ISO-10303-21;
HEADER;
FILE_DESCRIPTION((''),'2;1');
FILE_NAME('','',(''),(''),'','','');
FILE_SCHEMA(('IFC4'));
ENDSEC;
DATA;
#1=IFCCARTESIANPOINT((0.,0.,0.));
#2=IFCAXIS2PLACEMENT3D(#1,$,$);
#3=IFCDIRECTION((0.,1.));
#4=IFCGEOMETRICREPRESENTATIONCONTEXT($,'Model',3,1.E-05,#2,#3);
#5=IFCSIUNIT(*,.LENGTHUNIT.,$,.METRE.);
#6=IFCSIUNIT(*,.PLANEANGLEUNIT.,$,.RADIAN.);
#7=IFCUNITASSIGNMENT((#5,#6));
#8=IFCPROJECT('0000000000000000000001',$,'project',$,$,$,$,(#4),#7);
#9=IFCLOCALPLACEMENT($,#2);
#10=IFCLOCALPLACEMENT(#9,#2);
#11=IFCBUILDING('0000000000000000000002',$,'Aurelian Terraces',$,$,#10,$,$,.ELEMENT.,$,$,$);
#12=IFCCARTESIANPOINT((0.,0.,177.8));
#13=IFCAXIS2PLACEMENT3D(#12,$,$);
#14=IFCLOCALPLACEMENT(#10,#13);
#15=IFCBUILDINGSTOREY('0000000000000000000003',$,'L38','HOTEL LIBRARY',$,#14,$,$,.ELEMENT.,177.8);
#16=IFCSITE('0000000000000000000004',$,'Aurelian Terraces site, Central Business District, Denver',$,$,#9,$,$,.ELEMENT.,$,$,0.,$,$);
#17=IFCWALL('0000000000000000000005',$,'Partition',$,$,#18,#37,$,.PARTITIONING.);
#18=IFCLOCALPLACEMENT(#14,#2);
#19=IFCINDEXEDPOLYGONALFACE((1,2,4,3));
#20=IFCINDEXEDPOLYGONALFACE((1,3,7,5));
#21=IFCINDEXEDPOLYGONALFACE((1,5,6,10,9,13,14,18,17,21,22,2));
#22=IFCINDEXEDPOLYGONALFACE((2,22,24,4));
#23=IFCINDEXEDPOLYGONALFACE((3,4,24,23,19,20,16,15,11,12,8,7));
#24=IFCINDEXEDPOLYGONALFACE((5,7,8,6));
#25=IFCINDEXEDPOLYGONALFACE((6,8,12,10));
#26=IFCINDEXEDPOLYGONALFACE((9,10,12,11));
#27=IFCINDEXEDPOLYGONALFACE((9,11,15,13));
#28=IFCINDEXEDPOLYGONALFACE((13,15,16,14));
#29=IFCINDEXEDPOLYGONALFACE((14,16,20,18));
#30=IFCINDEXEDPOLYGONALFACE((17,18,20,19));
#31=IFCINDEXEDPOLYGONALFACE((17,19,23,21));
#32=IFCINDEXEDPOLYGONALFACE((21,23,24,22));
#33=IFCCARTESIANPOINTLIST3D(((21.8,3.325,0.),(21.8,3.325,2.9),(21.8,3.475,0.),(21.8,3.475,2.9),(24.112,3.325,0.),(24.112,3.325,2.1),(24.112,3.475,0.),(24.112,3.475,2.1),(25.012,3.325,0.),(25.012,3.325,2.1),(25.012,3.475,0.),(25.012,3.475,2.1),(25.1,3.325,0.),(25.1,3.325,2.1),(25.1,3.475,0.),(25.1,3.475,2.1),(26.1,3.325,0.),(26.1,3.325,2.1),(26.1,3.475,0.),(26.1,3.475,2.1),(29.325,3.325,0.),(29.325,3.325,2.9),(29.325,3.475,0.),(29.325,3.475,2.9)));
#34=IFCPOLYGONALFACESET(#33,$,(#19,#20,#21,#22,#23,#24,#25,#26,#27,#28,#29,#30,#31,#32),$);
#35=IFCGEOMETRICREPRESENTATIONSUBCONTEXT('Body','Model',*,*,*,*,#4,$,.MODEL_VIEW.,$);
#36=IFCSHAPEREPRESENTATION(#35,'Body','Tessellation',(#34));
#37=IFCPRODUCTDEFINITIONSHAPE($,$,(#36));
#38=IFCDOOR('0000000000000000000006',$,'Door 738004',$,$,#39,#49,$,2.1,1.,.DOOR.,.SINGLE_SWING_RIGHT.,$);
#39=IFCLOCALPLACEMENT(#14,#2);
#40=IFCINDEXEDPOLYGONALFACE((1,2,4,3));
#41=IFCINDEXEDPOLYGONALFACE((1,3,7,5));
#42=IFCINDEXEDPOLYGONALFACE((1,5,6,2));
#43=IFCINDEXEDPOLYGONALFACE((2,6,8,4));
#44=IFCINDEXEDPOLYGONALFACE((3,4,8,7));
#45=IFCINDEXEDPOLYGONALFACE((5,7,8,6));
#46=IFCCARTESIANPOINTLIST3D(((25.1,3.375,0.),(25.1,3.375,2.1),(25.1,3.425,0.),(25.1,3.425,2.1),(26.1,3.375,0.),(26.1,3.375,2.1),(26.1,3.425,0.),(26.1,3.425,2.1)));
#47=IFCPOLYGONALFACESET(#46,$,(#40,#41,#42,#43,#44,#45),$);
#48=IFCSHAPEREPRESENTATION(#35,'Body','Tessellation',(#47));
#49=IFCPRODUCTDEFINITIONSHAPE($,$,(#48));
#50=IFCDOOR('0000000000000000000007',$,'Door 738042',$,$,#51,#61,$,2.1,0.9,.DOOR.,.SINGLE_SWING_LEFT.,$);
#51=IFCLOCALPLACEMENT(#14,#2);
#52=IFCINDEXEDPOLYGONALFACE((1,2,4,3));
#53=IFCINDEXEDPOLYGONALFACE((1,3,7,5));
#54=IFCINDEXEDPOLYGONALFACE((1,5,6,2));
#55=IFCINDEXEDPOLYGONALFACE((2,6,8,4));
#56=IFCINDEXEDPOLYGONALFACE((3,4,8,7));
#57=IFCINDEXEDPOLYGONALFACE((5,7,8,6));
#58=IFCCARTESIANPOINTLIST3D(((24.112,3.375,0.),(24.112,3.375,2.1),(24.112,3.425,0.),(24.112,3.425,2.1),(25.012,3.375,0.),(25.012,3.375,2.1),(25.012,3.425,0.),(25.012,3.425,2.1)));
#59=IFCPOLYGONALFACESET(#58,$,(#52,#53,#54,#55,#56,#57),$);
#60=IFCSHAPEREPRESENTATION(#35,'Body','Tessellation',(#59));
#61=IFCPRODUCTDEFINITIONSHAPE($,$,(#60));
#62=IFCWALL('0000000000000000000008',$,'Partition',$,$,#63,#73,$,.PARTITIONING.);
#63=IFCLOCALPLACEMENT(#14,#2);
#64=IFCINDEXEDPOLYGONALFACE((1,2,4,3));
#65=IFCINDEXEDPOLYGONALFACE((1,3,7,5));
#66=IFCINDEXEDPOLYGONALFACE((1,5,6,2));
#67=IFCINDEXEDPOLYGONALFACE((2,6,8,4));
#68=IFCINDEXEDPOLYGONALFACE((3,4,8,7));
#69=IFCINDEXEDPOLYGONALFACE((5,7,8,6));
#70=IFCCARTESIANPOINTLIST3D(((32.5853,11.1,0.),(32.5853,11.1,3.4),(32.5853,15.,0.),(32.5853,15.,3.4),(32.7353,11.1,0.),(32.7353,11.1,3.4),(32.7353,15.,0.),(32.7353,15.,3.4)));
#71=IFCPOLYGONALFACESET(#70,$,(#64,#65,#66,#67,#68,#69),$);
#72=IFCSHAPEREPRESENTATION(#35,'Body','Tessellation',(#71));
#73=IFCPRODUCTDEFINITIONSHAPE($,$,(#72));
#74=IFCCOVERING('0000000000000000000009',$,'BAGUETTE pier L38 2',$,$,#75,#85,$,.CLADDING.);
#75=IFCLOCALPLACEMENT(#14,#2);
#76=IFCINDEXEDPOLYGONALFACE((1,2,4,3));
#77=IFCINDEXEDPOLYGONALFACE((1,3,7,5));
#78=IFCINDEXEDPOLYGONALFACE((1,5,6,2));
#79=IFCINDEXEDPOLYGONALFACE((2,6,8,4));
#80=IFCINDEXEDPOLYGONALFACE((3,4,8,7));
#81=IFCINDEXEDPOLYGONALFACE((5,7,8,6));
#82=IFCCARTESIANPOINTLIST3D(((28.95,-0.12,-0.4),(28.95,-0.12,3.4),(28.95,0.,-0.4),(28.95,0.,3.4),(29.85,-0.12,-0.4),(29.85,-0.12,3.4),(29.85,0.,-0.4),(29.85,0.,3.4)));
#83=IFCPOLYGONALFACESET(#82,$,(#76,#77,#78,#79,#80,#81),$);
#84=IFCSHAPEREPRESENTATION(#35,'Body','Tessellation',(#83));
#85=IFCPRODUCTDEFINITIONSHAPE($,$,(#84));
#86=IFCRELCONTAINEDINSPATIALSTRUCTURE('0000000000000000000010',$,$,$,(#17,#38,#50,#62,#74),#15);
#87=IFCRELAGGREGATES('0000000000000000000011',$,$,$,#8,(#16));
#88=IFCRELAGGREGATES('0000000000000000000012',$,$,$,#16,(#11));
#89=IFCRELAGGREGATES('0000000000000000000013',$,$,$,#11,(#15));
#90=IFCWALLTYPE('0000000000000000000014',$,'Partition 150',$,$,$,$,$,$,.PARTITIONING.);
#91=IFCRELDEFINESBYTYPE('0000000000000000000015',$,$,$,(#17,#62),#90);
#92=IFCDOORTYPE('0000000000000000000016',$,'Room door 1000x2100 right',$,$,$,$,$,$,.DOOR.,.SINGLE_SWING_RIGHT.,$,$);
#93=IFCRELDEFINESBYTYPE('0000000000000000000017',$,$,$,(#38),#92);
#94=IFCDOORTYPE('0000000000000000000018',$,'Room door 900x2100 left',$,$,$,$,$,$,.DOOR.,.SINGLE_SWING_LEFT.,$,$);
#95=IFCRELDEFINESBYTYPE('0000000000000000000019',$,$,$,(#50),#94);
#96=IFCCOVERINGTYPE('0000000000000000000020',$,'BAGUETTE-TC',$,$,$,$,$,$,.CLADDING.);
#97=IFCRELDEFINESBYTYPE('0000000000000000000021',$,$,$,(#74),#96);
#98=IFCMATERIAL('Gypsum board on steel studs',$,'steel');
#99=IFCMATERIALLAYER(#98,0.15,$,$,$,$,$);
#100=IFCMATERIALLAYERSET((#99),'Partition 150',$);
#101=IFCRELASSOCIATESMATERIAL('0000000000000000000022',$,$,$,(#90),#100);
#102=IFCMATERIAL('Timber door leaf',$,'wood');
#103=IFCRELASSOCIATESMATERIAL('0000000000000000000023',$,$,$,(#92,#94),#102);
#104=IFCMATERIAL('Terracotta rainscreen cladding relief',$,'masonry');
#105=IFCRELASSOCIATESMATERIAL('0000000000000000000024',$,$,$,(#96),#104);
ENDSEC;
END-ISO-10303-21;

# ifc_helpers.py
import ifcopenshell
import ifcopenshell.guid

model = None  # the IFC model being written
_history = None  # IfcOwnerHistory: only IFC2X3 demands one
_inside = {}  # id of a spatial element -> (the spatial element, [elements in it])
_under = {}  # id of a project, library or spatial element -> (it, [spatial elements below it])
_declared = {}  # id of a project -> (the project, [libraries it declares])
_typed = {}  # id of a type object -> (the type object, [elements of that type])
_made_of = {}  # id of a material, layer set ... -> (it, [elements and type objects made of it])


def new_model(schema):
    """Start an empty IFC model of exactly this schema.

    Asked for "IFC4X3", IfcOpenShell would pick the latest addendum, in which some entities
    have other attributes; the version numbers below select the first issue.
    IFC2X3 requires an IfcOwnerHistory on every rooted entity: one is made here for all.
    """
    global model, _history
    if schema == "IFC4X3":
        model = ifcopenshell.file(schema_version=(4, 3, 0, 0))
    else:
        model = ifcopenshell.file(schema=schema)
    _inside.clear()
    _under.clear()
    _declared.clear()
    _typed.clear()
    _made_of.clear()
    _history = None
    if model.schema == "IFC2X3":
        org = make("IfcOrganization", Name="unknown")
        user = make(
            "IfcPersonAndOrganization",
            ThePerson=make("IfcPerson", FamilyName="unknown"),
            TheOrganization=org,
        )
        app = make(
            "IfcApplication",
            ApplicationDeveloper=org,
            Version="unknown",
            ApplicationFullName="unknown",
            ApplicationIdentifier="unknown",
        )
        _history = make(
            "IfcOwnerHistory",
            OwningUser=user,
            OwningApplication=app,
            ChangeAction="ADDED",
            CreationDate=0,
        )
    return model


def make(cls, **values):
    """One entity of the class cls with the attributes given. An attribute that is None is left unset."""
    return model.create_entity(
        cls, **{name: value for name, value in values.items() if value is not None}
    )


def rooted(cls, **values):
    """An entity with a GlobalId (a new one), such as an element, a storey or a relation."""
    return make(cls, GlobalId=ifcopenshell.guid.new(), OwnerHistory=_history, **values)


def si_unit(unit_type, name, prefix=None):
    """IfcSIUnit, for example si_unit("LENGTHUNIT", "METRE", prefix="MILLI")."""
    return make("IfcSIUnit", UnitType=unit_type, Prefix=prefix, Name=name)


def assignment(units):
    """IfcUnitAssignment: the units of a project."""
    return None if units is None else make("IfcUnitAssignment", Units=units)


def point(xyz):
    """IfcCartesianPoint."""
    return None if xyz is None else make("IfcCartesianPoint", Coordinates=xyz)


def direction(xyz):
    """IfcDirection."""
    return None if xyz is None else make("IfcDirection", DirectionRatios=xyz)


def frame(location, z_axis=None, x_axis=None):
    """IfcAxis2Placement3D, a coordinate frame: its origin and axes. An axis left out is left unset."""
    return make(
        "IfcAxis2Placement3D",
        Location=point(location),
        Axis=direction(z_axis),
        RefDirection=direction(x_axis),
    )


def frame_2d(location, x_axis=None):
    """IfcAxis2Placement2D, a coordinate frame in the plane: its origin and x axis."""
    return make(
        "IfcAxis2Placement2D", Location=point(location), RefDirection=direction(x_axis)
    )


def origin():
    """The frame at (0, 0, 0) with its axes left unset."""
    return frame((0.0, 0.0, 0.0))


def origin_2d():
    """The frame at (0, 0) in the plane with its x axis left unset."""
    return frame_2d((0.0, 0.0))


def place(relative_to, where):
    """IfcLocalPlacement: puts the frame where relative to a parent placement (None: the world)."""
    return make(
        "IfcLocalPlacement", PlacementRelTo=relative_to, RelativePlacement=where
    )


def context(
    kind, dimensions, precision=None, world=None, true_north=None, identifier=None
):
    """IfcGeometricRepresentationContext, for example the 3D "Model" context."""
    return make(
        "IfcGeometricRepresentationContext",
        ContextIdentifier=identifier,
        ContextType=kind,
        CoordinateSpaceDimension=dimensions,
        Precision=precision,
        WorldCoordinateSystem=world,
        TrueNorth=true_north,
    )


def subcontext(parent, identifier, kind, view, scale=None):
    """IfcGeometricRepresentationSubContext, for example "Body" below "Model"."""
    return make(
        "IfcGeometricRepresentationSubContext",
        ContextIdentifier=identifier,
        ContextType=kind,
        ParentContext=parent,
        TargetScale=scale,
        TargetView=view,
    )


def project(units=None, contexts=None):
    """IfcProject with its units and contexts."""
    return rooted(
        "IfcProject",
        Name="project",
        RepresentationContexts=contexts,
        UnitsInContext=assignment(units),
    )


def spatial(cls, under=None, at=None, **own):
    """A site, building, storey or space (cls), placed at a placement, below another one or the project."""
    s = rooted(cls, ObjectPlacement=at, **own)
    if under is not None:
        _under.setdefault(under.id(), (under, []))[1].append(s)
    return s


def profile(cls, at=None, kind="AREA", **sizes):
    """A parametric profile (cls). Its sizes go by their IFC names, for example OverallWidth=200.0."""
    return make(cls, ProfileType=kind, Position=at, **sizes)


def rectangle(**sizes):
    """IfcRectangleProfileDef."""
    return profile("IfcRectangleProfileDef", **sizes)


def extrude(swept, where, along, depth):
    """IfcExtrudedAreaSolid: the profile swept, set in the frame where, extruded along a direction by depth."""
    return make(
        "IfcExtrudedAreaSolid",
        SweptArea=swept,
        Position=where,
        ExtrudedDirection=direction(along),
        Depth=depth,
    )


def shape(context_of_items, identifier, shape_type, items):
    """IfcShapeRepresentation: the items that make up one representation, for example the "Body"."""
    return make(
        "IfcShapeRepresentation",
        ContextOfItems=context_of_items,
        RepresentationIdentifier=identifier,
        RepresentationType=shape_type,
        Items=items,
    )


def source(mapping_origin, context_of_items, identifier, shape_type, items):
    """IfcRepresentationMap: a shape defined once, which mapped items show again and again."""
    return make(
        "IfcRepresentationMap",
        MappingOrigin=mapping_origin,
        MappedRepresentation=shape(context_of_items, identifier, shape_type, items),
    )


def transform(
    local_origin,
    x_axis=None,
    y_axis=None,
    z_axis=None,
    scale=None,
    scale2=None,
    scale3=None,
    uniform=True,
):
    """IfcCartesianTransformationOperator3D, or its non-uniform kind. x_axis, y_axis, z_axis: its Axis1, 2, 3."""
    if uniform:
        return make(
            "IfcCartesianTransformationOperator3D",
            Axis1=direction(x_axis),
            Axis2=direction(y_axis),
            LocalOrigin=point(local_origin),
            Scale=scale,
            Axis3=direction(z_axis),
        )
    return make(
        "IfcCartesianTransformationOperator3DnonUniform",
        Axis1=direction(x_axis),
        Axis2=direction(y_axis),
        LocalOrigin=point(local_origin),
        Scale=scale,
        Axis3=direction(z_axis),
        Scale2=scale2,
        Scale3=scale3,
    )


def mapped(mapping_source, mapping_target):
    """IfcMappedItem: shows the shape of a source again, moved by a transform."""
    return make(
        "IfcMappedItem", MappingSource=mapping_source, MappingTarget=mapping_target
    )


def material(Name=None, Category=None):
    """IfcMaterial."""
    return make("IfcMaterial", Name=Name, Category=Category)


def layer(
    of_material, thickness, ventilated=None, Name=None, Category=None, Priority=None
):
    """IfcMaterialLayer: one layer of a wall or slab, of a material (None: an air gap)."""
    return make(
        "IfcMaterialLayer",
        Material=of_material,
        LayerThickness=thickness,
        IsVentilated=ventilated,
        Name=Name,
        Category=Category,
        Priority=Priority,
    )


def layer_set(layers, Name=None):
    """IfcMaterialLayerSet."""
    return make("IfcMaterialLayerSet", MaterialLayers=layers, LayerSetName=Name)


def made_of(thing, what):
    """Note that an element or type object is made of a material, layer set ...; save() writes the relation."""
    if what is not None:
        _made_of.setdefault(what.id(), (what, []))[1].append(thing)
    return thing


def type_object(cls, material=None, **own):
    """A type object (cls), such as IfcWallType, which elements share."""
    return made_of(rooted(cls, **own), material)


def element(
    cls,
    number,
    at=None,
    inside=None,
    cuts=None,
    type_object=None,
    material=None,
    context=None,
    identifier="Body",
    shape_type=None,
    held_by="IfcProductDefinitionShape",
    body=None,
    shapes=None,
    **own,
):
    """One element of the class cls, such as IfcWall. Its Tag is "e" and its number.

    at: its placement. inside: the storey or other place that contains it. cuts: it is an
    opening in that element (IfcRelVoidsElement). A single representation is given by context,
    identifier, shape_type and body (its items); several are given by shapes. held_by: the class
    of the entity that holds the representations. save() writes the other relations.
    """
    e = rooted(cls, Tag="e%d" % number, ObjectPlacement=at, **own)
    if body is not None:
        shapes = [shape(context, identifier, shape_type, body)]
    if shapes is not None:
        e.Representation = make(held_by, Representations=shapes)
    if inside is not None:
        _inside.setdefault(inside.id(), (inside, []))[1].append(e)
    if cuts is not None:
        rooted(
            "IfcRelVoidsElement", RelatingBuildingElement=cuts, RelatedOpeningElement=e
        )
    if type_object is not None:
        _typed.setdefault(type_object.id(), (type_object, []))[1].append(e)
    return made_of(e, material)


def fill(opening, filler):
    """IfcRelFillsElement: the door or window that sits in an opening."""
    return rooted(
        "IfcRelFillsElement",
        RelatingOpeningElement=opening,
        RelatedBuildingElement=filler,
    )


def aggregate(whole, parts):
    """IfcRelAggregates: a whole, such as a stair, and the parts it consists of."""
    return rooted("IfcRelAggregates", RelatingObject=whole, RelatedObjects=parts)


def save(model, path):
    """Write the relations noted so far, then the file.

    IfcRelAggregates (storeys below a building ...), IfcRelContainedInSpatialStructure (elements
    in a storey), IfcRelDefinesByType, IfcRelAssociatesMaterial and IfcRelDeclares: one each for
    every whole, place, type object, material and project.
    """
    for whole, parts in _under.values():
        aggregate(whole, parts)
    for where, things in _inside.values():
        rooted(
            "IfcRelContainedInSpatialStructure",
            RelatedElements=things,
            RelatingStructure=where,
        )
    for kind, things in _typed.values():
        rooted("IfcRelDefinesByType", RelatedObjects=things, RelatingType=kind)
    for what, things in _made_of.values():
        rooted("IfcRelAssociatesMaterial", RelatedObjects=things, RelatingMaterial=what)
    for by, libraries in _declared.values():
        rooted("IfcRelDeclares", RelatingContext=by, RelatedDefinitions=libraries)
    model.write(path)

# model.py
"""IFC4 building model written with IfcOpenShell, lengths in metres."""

from ifc_helpers import new_model, si_unit, direction, frame, frame_2d, origin, origin_2d, place, context, subcontext, project, spatial, rectangle, extrude, source, transform, mapped, material, layer, layer_set, type_object, element, fill, save


model = new_model("IFC4")

# Units and contexts
model_context = context("Model", 3, precision=1e-05, world=origin(), true_north=direction((0.0, 1.0)))
body_context = subcontext(model_context, "Body", "Model", "MODEL_VIEW")
ifc_project = project(units=[si_unit("LENGTHUNIT", "METRE"), si_unit("PLANEANGLEUNIT", "RADIAN")], contexts=[model_context])

# Site, building, storey
site_placement = place(None, origin())
site = spatial("IfcSite", under=ifc_project, at=site_placement, Name="Aurelian Terraces site, Central Business District, Denver", CompositionType="ELEMENT", RefElevation=0.0)
building_placement = place(site_placement, origin())
building = spatial("IfcBuilding", under=site, at=building_placement, Name="Aurelian Terraces", CompositionType="ELEMENT")
storey_placement = place(building_placement, frame((0.0, 0.0, 177.8)))
storey = spatial("IfcBuildingStorey", under=building, at=storey_placement, Name="L38", Description="HOTEL LIBRARY", CompositionType="ELEMENT", Elevation=177.8)

# Shared definitions
ifc_material_1 = material(Name="Gypsum board on steel studs", Category="steel")
ifc_layer_1 = layer(ifc_material_1, 0.15)
ifc_layer_set_1 = layer_set([ifc_layer_1], Name="Partition 150")
wall_type_1 = type_object("IfcWallType", Name="Partition 150", PredefinedType="PARTITIONING", material=ifc_layer_set_1)

# Wall, openings, doors
wall_1_placement = place(storey_placement, frame((21.8, 3.4, 0.0), z_axis=(0.0, 0.0, 1.0), x_axis=(1.0, 0.0, 0.0)))
wall_1 = element("IfcWall", 1, at=wall_1_placement, inside=storey, type_object=wall_type_1, Name="Partition", PredefinedType="PARTITIONING", context=body_context, shape_type="SweptSolid", body=[
    extrude(rectangle(XDim=7.525, YDim=0.15, at=frame_2d((3.7625, 0.0))), origin(), (0.0, 0.0, 1.0), 2.9),
])
shared_shape_1 = source(origin(), body_context, "Body", "SweptSolid", [
    extrude(rectangle(XDim=1.0, YDim=2.1, at=frame_2d((0.5, 1.05))), frame((0.0, 0.085, 0.0), z_axis=(0.0, -1.0, 0.0), x_axis=(1.0, 0.0, 0.0)), (0.0, 0.0, 1.0), 0.17),
])
opening_1_placement = place(wall_1_placement, frame((3.3, 0.0, 0.0)))
opening_1 = element("IfcOpeningElement", 2, at=opening_1_placement, cuts=wall_1, PredefinedType="OPENING", context=body_context, shape_type="MappedRepresentation", body=[
    mapped(shared_shape_1, transform((0.0, 0.0, 0.0), scale=1.0)),
])
shared_shape_2 = source(origin(), body_context, "Body", "SweptSolid", [
    extrude(rectangle(XDim=0.9, YDim=2.1, at=frame_2d((0.45, 1.05))), frame((0.0, 0.085, 0.0), z_axis=(0.0, -1.0, 0.0), x_axis=(1.0, 0.0, 0.0)), (0.0, 0.0, 1.0), 0.17),
])
opening_2_placement = place(wall_1_placement, frame((2.312, 0.0, 0.0)))
opening_2 = element("IfcOpeningElement", 3, at=opening_2_placement, cuts=wall_1, PredefinedType="OPENING", context=body_context, shape_type="MappedRepresentation", body=[
    mapped(shared_shape_2, transform((0.0, 0.0, 0.0), scale=1.0)),
])
ifc_material_2 = material(Name="Timber door leaf", Category="wood")
door_type_1 = type_object("IfcDoorType", Name="Room door 1000x2100 right", OperationType="SINGLE_SWING_RIGHT", PredefinedType="DOOR", material=ifc_material_2)
shared_shape_3 = source(origin(), body_context, "Body", "SweptSolid", [
    extrude(rectangle(XDim=1.0, YDim=2.1, at=frame_2d((0.5, 1.05))), frame((0.0, 0.025, 0.0), z_axis=(0.0, -1.0, 0.0), x_axis=(1.0, 0.0, 0.0)), (0.0, 0.0, 1.0), 0.05),
])
door_1_placement = place(opening_1_placement, origin())
door_1 = element("IfcDoor", 4, at=door_1_placement, inside=storey, type_object=door_type_1, Name="Door 738004", OperationType="SINGLE_SWING_RIGHT", OverallHeight=2.1, OverallWidth=1.0, PredefinedType="DOOR", context=body_context, shape_type="MappedRepresentation", body=[
    mapped(shared_shape_3, transform((0.0, 0.0, 0.0), scale=1.0)),
])
fill(opening_1, door_1)
door_type_2 = type_object("IfcDoorType", Name="Room door 900x2100 left", OperationType="SINGLE_SWING_LEFT", PredefinedType="DOOR", material=ifc_material_2)
shared_shape_4 = source(origin(), body_context, "Body", "SweptSolid", [
    extrude(rectangle(XDim=0.9, YDim=2.1, at=frame_2d((0.45, 1.05))), frame((0.0, 0.025, 0.0), z_axis=(0.0, -1.0, 0.0), x_axis=(1.0, 0.0, 0.0)), (0.0, 0.0, 1.0), 0.05),
])
door_2_placement = place(opening_2_placement, origin())
door_2 = element("IfcDoor", 5, at=door_2_placement, inside=storey, type_object=door_type_2, Name="Door 738042", OperationType="SINGLE_SWING_LEFT", OverallHeight=2.1, OverallWidth=0.9, PredefinedType="DOOR", context=body_context, shape_type="MappedRepresentation", body=[
    mapped(shared_shape_4, transform((0.0, 0.0, 0.0), scale=1.0)),
])
fill(opening_2, door_2)

# Wall
wall_2_placement = place(storey_placement, frame((32.6603, 11.1, 0.0), z_axis=(0.0, 0.0, 1.0), x_axis=(0.0, 1.0, 0.0)))
element("IfcWall", 6, at=wall_2_placement, inside=storey, type_object=wall_type_1, Name="Partition", PredefinedType="PARTITIONING", context=body_context, shape_type="SweptSolid", body=[
    extrude(rectangle(XDim=3.9, YDim=0.15, at=frame_2d((1.95, 0.0))), origin(), (0.0, 0.0, 1.0), 3.4),
])

# Covering
ifc_material_3 = material(Name="Terracotta rainscreen cladding relief", Category="masonry")
covering_type = type_object("IfcCoveringType", Name="BAGUETTE-TC", PredefinedType="CLADDING", material=ifc_material_3)
shared_shape_5 = source(origin(), body_context, "Body", "SweptSolid", [
    extrude(rectangle(XDim=0.9, YDim=0.12, at=origin_2d()), origin(), (0.0, 0.0, 1.0), 3.8),
])
covering_placement = place(storey_placement, frame((29.4, -0.06, -0.4), z_axis=(0.0, 0.0, 1.0), x_axis=(1.0, 0.0, 0.0)))
element("IfcCovering", 7, at=covering_placement, inside=storey, type_object=covering_type, Name="BAGUETTE pier L38 2", PredefinedType="CLADDING", context=body_context, shape_type="MappedRepresentation", body=[
    mapped(shared_shape_5, transform((0.0, 0.0, 0.0), scale=1.0)),
])

save(model, "model.ifc")
